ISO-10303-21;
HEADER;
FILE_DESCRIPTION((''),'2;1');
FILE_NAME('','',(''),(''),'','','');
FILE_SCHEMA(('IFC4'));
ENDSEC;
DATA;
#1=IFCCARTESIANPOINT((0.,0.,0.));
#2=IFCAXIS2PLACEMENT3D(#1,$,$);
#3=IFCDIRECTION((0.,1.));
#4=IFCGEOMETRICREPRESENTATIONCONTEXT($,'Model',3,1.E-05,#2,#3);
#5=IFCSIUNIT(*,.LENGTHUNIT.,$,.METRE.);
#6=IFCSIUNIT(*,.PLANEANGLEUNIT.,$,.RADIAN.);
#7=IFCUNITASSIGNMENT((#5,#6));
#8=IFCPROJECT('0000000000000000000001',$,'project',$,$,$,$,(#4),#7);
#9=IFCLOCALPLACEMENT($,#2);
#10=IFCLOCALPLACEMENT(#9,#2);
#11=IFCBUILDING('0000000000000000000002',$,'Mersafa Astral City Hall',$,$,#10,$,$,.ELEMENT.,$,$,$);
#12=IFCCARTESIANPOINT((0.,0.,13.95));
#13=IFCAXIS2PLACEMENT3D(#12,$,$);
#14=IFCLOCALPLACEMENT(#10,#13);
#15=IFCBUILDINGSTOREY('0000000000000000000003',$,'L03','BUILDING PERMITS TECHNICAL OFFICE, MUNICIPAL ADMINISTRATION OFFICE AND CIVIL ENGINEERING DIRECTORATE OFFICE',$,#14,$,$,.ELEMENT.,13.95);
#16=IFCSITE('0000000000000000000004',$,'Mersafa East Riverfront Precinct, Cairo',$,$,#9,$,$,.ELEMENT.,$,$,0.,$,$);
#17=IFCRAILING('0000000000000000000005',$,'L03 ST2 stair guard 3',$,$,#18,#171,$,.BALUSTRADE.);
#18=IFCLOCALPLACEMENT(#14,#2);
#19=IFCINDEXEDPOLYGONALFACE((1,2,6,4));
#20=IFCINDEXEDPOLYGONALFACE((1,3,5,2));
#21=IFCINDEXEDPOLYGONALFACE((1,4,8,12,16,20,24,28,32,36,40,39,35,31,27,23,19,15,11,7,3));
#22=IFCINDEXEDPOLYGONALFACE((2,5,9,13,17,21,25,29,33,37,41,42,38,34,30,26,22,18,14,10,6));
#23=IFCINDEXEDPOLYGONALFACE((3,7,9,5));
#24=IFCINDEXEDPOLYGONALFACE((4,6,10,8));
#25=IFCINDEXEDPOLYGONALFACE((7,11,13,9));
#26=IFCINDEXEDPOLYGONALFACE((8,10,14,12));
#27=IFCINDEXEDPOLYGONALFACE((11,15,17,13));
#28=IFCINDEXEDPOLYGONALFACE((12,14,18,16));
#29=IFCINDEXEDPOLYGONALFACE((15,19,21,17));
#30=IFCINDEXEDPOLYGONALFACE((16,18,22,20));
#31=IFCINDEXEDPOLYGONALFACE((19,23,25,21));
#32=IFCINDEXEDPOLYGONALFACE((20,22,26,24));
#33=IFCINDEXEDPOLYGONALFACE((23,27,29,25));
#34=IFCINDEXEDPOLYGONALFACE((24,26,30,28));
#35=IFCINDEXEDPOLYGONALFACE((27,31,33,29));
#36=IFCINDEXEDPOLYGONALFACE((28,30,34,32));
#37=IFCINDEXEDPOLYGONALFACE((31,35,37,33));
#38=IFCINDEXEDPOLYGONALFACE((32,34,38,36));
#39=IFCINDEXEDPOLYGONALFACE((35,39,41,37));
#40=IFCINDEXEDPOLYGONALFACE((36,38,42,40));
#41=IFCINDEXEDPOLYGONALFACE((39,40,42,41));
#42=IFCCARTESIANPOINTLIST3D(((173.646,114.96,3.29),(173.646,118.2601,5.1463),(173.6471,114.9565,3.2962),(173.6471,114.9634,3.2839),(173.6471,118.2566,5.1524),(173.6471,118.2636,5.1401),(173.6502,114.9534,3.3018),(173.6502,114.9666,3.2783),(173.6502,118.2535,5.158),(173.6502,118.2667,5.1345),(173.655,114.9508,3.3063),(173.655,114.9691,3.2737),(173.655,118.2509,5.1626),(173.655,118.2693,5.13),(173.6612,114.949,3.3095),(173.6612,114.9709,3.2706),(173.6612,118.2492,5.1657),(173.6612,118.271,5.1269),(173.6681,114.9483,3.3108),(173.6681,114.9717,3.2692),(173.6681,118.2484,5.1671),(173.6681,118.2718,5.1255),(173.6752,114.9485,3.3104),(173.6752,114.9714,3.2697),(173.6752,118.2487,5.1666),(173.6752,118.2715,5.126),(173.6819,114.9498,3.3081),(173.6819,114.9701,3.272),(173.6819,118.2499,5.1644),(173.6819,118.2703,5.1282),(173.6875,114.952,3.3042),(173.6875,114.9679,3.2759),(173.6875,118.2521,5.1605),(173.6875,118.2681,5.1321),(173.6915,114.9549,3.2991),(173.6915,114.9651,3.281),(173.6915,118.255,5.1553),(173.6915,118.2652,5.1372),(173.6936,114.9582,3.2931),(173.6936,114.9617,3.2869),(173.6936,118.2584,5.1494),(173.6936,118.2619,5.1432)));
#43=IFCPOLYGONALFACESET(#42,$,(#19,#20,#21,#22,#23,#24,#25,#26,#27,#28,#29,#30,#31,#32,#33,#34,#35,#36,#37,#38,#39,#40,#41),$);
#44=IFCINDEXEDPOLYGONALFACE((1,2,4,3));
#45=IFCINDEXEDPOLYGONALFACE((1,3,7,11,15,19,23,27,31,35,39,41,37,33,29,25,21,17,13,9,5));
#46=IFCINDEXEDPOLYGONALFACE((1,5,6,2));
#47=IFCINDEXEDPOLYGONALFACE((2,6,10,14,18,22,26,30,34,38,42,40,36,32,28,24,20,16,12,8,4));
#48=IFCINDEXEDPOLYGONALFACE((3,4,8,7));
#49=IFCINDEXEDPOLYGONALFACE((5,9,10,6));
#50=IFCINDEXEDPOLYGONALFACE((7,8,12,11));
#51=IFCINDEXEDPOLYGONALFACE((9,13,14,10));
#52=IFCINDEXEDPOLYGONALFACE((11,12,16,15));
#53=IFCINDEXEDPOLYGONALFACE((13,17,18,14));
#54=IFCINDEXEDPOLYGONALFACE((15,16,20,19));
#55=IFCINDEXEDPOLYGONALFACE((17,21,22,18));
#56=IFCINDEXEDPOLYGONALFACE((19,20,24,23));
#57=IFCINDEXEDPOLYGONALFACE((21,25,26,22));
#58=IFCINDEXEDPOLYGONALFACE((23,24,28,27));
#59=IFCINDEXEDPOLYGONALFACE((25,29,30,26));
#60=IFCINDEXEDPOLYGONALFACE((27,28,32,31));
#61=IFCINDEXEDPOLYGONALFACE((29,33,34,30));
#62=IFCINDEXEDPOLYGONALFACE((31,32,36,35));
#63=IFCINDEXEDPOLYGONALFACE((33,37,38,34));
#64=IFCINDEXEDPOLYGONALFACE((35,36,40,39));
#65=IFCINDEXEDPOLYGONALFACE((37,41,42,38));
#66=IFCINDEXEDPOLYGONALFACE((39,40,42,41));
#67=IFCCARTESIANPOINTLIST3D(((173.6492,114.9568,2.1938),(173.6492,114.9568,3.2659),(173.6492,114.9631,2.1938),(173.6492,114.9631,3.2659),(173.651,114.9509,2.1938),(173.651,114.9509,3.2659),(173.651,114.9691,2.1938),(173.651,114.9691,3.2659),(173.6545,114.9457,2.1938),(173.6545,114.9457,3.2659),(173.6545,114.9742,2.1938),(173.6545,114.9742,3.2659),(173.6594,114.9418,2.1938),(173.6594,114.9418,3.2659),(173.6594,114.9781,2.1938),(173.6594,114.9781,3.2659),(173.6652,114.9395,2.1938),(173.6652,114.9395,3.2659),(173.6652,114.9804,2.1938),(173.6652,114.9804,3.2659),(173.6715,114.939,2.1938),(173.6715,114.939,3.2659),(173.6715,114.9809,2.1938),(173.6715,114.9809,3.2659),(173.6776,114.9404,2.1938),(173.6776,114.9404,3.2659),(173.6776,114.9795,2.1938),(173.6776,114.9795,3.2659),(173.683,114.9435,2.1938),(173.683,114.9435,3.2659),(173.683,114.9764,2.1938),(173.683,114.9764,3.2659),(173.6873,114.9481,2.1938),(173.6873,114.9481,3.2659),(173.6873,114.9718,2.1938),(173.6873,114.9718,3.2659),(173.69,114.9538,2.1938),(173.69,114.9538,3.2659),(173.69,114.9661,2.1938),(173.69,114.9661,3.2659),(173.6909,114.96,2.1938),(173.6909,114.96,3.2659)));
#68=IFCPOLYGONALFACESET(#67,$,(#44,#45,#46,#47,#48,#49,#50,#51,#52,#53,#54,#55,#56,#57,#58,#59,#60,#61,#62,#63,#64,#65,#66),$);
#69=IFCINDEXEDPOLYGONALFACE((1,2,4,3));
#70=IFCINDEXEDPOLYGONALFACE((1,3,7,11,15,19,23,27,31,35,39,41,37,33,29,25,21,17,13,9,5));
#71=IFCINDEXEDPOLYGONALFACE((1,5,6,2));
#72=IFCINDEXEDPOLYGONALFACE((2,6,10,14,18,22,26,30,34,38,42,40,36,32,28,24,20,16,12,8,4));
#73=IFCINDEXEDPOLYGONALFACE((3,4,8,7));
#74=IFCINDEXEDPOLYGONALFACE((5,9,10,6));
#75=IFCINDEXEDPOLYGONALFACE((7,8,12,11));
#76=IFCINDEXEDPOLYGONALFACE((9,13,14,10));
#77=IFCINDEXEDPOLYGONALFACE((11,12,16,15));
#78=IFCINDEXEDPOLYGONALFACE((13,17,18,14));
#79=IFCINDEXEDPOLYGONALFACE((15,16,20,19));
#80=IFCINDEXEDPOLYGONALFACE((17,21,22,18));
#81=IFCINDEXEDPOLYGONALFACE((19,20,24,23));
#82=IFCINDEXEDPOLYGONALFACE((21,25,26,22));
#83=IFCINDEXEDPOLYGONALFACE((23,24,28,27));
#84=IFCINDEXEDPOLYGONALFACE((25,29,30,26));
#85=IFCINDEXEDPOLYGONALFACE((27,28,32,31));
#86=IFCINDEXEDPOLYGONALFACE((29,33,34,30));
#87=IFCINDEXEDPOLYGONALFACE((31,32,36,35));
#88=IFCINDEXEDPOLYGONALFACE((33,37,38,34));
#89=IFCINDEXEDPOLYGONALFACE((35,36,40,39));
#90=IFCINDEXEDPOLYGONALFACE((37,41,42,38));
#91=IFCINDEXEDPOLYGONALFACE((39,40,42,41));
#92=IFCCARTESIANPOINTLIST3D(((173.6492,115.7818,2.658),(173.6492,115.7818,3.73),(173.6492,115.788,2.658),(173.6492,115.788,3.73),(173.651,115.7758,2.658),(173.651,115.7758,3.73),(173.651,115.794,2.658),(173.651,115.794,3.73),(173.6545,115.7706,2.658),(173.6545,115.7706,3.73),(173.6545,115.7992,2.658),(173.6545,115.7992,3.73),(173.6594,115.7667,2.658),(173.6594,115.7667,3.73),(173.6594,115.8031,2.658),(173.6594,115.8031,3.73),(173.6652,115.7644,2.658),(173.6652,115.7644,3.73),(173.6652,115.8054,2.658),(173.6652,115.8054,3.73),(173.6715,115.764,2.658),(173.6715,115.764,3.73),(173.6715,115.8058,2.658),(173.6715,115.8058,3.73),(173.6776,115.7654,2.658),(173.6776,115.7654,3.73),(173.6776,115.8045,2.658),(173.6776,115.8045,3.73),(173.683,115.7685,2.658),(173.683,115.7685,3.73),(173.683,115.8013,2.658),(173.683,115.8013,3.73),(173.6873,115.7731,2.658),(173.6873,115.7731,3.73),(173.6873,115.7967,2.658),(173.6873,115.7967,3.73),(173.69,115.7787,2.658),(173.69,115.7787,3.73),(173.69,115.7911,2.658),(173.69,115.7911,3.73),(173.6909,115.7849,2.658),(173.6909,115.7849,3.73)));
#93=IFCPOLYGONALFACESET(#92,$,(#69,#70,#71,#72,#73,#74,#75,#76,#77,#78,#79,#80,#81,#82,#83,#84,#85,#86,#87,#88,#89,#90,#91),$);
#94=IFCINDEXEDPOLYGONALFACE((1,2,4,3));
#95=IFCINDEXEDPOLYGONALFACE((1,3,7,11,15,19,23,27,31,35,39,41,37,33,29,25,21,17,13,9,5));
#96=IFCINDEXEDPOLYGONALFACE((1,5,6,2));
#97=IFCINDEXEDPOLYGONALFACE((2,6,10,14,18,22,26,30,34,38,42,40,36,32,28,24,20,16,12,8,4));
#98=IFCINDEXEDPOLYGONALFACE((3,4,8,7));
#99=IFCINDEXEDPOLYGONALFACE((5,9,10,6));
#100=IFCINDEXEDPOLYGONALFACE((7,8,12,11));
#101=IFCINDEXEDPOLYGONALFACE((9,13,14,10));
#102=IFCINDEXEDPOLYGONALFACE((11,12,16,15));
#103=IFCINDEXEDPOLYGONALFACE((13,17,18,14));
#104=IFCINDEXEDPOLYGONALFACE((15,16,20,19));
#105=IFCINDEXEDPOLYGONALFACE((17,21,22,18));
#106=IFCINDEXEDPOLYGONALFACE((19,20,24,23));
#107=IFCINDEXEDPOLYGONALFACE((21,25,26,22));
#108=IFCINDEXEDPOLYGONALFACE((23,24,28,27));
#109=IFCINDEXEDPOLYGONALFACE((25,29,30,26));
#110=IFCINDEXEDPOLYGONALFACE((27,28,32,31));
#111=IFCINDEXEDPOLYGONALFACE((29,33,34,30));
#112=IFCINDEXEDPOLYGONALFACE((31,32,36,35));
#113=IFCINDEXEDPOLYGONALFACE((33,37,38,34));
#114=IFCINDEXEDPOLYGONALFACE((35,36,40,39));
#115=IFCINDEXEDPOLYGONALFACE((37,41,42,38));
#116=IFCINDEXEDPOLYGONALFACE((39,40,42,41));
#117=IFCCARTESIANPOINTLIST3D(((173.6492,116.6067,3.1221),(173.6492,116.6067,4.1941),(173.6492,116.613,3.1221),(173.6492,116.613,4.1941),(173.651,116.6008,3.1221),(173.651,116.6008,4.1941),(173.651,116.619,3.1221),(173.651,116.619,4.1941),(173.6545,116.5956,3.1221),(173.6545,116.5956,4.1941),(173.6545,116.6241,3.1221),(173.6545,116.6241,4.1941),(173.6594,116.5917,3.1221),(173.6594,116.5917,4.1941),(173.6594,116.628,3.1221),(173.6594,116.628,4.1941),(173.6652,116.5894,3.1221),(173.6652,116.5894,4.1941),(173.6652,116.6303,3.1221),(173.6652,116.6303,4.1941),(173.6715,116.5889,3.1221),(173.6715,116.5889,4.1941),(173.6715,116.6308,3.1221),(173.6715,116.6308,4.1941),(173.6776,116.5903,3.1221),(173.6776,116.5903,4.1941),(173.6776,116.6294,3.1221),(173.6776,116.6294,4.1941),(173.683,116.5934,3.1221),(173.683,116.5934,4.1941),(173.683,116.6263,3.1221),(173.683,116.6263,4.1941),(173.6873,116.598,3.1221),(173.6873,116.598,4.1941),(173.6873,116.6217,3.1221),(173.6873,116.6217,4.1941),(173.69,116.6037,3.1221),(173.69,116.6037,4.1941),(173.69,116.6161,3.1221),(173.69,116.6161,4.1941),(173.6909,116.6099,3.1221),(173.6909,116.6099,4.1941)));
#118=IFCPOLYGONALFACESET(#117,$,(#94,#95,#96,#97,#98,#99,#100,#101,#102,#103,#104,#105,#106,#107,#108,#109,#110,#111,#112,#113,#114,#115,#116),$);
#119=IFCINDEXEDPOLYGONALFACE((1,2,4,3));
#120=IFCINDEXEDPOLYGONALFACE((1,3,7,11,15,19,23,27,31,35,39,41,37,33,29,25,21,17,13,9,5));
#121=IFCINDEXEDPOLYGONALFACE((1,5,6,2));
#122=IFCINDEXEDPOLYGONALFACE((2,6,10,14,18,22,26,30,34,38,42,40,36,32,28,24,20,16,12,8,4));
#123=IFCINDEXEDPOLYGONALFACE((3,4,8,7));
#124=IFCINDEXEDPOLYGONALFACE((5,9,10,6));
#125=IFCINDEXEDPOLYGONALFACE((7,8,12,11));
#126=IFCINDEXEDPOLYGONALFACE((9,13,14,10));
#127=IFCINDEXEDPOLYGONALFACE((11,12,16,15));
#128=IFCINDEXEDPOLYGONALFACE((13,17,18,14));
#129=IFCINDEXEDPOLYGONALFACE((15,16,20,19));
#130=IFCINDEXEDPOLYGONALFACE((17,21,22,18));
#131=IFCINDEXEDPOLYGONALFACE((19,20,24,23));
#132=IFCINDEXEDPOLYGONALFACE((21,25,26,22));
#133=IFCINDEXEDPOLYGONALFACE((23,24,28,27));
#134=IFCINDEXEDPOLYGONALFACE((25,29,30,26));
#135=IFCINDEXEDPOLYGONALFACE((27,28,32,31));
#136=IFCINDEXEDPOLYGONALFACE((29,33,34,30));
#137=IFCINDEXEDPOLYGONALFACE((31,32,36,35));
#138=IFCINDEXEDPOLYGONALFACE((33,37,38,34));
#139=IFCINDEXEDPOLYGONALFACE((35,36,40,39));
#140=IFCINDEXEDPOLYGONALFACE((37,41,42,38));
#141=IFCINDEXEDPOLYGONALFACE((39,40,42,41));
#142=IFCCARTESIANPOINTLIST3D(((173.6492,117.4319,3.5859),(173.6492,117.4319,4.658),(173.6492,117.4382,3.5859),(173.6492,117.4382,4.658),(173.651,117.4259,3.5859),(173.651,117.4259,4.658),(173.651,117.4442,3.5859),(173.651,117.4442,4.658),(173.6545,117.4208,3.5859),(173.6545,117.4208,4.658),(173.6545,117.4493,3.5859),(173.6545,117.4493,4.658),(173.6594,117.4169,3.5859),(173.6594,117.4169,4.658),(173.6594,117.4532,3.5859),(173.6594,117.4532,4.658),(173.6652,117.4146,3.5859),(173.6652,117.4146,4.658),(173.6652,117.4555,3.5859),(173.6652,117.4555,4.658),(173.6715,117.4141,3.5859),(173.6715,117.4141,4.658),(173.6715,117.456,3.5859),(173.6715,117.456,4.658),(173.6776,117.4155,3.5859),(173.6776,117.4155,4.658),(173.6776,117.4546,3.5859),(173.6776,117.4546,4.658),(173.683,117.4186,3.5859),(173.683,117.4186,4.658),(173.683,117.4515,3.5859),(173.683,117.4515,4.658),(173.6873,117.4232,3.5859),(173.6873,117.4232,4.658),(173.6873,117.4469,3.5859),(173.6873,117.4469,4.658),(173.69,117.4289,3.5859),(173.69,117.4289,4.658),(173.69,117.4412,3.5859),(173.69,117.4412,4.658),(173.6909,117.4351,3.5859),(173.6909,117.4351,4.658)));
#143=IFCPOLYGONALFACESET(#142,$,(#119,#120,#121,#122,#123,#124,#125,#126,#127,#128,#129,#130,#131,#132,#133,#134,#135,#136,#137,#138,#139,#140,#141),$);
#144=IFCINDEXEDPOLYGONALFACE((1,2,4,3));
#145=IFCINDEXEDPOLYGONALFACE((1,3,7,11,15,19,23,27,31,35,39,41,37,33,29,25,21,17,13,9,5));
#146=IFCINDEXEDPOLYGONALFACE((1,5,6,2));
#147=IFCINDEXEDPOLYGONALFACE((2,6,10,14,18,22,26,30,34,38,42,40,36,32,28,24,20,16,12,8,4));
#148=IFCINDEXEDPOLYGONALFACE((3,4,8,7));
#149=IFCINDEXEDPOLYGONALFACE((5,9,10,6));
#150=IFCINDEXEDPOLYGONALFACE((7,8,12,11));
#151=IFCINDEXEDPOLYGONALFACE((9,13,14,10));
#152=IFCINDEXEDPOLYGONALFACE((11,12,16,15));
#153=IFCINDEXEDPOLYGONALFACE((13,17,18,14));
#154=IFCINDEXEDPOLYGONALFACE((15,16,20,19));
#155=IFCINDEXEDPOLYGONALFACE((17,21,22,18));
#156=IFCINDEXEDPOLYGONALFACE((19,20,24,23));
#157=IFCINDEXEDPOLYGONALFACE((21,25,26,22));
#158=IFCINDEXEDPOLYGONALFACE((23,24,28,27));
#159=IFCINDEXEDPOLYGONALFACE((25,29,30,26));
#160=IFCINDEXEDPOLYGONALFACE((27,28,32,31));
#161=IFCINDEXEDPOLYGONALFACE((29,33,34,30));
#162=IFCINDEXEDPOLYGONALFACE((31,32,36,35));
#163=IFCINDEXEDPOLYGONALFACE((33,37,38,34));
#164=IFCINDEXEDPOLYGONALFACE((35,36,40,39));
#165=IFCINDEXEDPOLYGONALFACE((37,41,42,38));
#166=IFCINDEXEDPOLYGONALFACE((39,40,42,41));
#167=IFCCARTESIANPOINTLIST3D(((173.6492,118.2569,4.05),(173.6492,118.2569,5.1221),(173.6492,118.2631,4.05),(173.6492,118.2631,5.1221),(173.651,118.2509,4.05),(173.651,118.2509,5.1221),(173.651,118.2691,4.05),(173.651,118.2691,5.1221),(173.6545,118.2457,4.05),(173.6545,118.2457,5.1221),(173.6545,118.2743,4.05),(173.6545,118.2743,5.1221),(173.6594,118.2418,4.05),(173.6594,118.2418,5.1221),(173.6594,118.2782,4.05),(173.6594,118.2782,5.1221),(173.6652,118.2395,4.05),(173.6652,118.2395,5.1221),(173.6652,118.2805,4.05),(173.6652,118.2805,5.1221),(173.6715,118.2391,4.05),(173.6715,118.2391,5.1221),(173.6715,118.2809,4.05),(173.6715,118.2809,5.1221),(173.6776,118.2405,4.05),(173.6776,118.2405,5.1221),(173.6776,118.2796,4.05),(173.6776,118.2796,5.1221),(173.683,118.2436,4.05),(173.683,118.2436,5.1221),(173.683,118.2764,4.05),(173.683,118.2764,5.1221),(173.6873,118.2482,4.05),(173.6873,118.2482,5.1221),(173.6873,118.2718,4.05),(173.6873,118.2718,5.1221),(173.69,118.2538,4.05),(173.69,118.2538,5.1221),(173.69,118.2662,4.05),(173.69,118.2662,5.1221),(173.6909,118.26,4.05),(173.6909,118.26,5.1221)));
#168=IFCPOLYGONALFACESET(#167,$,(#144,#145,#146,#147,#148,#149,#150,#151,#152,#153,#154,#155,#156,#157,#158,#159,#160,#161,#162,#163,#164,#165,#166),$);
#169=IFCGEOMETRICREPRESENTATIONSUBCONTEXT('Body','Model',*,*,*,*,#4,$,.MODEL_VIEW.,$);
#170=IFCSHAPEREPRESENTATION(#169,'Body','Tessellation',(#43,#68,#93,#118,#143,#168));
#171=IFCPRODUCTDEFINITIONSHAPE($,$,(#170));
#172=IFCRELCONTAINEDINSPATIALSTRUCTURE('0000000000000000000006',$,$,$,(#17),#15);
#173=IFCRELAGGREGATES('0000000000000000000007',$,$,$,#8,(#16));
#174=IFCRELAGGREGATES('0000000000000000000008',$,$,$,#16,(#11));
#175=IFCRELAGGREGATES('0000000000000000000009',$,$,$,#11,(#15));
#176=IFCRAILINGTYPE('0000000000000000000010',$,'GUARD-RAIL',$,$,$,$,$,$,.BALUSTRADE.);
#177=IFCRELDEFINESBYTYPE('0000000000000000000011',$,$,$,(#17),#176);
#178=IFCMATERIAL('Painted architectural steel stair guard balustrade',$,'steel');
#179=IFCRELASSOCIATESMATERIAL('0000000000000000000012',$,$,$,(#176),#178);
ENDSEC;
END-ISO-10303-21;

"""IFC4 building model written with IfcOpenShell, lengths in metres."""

from ifc_helpers import new_model, si_unit, direction, frame, origin, origin_2d, place, context, subcontext, project, spatial, circle, extrude, material, type_object, element, save


model = new_model("IFC4")

# Units and contexts
model_context = context("Model", 3, precision=1e-05, world=origin(), true_north=direction((0.0, 1.0)))
body_context = subcontext(model_context, "Body", "Model", "MODEL_VIEW")
ifc_project = project(units=[si_unit("LENGTHUNIT", "METRE"), si_unit("PLANEANGLEUNIT", "RADIAN")], contexts=[model_context])

# Site, building, storey
site_placement = place(None, origin())
site = spatial("IfcSite", under=ifc_project, at=site_placement, Name="Mersafa East Riverfront Precinct, Cairo", CompositionType="ELEMENT", RefElevation=0.0)
building_placement = place(site_placement, origin())
building = spatial("IfcBuilding", under=site, at=building_placement, Name="Mersafa Astral City Hall", CompositionType="ELEMENT")
storey_placement = place(building_placement, frame((0.0, 0.0, 13.95)))
storey = spatial("IfcBuildingStorey", under=building, at=storey_placement, Name="L03", Description="BUILDING PERMITS TECHNICAL OFFICE, MUNICIPAL ADMINISTRATION OFFICE AND CIVIL ENGINEERING DIRECTORATE OFFICE", CompositionType="ELEMENT", Elevation=13.95)

# Railing
ifc_material_1 = material(Name="Painted architectural steel stair guard balustrade", Category="steel")
railing_type_1 = type_object("IfcRailingType", Name="GUARD-RAIL", PredefinedType="BALUSTRADE", material=ifc_material_1)
railing_1_placement = place(storey_placement, frame((173.6699, 114.96, 2.1938)))
element("IfcRailing", 1, at=railing_1_placement, inside=storey, type_object=railing_type_1, Name="L03 ST2 stair guard 3", PredefinedType="BALUSTRADE", context=body_context, shape_type="SweptSolid", body=[
    extrude(circle(Radius=0.0239, at=origin_2d()), frame((0.0, 0.0, 1.0962), z_axis=(0.0, 0.871584, 0.490246), x_axis=(-1.0, 0.0, 0.0)), (0.0, 0.0, 1.0), 3.7864),
    extrude(circle(Radius=0.021, at=origin_2d()), origin(), (0.0, 0.0, 1.0), 1.072),
    extrude(circle(Radius=0.021, at=origin_2d()), frame((0.0, 0.825, 0.4641)), (0.0, 0.0, 1.0), 1.072),
    extrude(circle(Radius=0.021, at=origin_2d()), frame((0.0, 1.6499, 0.9282)), (0.0, 0.0, 1.0), 1.072),
    extrude(circle(Radius=0.021, at=origin_2d()), frame((0.0, 2.4751, 1.3921)), (0.0, 0.0, 1.0), 1.072),
    extrude(circle(Radius=0.021, at=origin_2d()), frame((0.0, 3.3, 1.8562)), (0.0, 0.0, 1.0), 1.072),
])

save(model, "model.ifc")
